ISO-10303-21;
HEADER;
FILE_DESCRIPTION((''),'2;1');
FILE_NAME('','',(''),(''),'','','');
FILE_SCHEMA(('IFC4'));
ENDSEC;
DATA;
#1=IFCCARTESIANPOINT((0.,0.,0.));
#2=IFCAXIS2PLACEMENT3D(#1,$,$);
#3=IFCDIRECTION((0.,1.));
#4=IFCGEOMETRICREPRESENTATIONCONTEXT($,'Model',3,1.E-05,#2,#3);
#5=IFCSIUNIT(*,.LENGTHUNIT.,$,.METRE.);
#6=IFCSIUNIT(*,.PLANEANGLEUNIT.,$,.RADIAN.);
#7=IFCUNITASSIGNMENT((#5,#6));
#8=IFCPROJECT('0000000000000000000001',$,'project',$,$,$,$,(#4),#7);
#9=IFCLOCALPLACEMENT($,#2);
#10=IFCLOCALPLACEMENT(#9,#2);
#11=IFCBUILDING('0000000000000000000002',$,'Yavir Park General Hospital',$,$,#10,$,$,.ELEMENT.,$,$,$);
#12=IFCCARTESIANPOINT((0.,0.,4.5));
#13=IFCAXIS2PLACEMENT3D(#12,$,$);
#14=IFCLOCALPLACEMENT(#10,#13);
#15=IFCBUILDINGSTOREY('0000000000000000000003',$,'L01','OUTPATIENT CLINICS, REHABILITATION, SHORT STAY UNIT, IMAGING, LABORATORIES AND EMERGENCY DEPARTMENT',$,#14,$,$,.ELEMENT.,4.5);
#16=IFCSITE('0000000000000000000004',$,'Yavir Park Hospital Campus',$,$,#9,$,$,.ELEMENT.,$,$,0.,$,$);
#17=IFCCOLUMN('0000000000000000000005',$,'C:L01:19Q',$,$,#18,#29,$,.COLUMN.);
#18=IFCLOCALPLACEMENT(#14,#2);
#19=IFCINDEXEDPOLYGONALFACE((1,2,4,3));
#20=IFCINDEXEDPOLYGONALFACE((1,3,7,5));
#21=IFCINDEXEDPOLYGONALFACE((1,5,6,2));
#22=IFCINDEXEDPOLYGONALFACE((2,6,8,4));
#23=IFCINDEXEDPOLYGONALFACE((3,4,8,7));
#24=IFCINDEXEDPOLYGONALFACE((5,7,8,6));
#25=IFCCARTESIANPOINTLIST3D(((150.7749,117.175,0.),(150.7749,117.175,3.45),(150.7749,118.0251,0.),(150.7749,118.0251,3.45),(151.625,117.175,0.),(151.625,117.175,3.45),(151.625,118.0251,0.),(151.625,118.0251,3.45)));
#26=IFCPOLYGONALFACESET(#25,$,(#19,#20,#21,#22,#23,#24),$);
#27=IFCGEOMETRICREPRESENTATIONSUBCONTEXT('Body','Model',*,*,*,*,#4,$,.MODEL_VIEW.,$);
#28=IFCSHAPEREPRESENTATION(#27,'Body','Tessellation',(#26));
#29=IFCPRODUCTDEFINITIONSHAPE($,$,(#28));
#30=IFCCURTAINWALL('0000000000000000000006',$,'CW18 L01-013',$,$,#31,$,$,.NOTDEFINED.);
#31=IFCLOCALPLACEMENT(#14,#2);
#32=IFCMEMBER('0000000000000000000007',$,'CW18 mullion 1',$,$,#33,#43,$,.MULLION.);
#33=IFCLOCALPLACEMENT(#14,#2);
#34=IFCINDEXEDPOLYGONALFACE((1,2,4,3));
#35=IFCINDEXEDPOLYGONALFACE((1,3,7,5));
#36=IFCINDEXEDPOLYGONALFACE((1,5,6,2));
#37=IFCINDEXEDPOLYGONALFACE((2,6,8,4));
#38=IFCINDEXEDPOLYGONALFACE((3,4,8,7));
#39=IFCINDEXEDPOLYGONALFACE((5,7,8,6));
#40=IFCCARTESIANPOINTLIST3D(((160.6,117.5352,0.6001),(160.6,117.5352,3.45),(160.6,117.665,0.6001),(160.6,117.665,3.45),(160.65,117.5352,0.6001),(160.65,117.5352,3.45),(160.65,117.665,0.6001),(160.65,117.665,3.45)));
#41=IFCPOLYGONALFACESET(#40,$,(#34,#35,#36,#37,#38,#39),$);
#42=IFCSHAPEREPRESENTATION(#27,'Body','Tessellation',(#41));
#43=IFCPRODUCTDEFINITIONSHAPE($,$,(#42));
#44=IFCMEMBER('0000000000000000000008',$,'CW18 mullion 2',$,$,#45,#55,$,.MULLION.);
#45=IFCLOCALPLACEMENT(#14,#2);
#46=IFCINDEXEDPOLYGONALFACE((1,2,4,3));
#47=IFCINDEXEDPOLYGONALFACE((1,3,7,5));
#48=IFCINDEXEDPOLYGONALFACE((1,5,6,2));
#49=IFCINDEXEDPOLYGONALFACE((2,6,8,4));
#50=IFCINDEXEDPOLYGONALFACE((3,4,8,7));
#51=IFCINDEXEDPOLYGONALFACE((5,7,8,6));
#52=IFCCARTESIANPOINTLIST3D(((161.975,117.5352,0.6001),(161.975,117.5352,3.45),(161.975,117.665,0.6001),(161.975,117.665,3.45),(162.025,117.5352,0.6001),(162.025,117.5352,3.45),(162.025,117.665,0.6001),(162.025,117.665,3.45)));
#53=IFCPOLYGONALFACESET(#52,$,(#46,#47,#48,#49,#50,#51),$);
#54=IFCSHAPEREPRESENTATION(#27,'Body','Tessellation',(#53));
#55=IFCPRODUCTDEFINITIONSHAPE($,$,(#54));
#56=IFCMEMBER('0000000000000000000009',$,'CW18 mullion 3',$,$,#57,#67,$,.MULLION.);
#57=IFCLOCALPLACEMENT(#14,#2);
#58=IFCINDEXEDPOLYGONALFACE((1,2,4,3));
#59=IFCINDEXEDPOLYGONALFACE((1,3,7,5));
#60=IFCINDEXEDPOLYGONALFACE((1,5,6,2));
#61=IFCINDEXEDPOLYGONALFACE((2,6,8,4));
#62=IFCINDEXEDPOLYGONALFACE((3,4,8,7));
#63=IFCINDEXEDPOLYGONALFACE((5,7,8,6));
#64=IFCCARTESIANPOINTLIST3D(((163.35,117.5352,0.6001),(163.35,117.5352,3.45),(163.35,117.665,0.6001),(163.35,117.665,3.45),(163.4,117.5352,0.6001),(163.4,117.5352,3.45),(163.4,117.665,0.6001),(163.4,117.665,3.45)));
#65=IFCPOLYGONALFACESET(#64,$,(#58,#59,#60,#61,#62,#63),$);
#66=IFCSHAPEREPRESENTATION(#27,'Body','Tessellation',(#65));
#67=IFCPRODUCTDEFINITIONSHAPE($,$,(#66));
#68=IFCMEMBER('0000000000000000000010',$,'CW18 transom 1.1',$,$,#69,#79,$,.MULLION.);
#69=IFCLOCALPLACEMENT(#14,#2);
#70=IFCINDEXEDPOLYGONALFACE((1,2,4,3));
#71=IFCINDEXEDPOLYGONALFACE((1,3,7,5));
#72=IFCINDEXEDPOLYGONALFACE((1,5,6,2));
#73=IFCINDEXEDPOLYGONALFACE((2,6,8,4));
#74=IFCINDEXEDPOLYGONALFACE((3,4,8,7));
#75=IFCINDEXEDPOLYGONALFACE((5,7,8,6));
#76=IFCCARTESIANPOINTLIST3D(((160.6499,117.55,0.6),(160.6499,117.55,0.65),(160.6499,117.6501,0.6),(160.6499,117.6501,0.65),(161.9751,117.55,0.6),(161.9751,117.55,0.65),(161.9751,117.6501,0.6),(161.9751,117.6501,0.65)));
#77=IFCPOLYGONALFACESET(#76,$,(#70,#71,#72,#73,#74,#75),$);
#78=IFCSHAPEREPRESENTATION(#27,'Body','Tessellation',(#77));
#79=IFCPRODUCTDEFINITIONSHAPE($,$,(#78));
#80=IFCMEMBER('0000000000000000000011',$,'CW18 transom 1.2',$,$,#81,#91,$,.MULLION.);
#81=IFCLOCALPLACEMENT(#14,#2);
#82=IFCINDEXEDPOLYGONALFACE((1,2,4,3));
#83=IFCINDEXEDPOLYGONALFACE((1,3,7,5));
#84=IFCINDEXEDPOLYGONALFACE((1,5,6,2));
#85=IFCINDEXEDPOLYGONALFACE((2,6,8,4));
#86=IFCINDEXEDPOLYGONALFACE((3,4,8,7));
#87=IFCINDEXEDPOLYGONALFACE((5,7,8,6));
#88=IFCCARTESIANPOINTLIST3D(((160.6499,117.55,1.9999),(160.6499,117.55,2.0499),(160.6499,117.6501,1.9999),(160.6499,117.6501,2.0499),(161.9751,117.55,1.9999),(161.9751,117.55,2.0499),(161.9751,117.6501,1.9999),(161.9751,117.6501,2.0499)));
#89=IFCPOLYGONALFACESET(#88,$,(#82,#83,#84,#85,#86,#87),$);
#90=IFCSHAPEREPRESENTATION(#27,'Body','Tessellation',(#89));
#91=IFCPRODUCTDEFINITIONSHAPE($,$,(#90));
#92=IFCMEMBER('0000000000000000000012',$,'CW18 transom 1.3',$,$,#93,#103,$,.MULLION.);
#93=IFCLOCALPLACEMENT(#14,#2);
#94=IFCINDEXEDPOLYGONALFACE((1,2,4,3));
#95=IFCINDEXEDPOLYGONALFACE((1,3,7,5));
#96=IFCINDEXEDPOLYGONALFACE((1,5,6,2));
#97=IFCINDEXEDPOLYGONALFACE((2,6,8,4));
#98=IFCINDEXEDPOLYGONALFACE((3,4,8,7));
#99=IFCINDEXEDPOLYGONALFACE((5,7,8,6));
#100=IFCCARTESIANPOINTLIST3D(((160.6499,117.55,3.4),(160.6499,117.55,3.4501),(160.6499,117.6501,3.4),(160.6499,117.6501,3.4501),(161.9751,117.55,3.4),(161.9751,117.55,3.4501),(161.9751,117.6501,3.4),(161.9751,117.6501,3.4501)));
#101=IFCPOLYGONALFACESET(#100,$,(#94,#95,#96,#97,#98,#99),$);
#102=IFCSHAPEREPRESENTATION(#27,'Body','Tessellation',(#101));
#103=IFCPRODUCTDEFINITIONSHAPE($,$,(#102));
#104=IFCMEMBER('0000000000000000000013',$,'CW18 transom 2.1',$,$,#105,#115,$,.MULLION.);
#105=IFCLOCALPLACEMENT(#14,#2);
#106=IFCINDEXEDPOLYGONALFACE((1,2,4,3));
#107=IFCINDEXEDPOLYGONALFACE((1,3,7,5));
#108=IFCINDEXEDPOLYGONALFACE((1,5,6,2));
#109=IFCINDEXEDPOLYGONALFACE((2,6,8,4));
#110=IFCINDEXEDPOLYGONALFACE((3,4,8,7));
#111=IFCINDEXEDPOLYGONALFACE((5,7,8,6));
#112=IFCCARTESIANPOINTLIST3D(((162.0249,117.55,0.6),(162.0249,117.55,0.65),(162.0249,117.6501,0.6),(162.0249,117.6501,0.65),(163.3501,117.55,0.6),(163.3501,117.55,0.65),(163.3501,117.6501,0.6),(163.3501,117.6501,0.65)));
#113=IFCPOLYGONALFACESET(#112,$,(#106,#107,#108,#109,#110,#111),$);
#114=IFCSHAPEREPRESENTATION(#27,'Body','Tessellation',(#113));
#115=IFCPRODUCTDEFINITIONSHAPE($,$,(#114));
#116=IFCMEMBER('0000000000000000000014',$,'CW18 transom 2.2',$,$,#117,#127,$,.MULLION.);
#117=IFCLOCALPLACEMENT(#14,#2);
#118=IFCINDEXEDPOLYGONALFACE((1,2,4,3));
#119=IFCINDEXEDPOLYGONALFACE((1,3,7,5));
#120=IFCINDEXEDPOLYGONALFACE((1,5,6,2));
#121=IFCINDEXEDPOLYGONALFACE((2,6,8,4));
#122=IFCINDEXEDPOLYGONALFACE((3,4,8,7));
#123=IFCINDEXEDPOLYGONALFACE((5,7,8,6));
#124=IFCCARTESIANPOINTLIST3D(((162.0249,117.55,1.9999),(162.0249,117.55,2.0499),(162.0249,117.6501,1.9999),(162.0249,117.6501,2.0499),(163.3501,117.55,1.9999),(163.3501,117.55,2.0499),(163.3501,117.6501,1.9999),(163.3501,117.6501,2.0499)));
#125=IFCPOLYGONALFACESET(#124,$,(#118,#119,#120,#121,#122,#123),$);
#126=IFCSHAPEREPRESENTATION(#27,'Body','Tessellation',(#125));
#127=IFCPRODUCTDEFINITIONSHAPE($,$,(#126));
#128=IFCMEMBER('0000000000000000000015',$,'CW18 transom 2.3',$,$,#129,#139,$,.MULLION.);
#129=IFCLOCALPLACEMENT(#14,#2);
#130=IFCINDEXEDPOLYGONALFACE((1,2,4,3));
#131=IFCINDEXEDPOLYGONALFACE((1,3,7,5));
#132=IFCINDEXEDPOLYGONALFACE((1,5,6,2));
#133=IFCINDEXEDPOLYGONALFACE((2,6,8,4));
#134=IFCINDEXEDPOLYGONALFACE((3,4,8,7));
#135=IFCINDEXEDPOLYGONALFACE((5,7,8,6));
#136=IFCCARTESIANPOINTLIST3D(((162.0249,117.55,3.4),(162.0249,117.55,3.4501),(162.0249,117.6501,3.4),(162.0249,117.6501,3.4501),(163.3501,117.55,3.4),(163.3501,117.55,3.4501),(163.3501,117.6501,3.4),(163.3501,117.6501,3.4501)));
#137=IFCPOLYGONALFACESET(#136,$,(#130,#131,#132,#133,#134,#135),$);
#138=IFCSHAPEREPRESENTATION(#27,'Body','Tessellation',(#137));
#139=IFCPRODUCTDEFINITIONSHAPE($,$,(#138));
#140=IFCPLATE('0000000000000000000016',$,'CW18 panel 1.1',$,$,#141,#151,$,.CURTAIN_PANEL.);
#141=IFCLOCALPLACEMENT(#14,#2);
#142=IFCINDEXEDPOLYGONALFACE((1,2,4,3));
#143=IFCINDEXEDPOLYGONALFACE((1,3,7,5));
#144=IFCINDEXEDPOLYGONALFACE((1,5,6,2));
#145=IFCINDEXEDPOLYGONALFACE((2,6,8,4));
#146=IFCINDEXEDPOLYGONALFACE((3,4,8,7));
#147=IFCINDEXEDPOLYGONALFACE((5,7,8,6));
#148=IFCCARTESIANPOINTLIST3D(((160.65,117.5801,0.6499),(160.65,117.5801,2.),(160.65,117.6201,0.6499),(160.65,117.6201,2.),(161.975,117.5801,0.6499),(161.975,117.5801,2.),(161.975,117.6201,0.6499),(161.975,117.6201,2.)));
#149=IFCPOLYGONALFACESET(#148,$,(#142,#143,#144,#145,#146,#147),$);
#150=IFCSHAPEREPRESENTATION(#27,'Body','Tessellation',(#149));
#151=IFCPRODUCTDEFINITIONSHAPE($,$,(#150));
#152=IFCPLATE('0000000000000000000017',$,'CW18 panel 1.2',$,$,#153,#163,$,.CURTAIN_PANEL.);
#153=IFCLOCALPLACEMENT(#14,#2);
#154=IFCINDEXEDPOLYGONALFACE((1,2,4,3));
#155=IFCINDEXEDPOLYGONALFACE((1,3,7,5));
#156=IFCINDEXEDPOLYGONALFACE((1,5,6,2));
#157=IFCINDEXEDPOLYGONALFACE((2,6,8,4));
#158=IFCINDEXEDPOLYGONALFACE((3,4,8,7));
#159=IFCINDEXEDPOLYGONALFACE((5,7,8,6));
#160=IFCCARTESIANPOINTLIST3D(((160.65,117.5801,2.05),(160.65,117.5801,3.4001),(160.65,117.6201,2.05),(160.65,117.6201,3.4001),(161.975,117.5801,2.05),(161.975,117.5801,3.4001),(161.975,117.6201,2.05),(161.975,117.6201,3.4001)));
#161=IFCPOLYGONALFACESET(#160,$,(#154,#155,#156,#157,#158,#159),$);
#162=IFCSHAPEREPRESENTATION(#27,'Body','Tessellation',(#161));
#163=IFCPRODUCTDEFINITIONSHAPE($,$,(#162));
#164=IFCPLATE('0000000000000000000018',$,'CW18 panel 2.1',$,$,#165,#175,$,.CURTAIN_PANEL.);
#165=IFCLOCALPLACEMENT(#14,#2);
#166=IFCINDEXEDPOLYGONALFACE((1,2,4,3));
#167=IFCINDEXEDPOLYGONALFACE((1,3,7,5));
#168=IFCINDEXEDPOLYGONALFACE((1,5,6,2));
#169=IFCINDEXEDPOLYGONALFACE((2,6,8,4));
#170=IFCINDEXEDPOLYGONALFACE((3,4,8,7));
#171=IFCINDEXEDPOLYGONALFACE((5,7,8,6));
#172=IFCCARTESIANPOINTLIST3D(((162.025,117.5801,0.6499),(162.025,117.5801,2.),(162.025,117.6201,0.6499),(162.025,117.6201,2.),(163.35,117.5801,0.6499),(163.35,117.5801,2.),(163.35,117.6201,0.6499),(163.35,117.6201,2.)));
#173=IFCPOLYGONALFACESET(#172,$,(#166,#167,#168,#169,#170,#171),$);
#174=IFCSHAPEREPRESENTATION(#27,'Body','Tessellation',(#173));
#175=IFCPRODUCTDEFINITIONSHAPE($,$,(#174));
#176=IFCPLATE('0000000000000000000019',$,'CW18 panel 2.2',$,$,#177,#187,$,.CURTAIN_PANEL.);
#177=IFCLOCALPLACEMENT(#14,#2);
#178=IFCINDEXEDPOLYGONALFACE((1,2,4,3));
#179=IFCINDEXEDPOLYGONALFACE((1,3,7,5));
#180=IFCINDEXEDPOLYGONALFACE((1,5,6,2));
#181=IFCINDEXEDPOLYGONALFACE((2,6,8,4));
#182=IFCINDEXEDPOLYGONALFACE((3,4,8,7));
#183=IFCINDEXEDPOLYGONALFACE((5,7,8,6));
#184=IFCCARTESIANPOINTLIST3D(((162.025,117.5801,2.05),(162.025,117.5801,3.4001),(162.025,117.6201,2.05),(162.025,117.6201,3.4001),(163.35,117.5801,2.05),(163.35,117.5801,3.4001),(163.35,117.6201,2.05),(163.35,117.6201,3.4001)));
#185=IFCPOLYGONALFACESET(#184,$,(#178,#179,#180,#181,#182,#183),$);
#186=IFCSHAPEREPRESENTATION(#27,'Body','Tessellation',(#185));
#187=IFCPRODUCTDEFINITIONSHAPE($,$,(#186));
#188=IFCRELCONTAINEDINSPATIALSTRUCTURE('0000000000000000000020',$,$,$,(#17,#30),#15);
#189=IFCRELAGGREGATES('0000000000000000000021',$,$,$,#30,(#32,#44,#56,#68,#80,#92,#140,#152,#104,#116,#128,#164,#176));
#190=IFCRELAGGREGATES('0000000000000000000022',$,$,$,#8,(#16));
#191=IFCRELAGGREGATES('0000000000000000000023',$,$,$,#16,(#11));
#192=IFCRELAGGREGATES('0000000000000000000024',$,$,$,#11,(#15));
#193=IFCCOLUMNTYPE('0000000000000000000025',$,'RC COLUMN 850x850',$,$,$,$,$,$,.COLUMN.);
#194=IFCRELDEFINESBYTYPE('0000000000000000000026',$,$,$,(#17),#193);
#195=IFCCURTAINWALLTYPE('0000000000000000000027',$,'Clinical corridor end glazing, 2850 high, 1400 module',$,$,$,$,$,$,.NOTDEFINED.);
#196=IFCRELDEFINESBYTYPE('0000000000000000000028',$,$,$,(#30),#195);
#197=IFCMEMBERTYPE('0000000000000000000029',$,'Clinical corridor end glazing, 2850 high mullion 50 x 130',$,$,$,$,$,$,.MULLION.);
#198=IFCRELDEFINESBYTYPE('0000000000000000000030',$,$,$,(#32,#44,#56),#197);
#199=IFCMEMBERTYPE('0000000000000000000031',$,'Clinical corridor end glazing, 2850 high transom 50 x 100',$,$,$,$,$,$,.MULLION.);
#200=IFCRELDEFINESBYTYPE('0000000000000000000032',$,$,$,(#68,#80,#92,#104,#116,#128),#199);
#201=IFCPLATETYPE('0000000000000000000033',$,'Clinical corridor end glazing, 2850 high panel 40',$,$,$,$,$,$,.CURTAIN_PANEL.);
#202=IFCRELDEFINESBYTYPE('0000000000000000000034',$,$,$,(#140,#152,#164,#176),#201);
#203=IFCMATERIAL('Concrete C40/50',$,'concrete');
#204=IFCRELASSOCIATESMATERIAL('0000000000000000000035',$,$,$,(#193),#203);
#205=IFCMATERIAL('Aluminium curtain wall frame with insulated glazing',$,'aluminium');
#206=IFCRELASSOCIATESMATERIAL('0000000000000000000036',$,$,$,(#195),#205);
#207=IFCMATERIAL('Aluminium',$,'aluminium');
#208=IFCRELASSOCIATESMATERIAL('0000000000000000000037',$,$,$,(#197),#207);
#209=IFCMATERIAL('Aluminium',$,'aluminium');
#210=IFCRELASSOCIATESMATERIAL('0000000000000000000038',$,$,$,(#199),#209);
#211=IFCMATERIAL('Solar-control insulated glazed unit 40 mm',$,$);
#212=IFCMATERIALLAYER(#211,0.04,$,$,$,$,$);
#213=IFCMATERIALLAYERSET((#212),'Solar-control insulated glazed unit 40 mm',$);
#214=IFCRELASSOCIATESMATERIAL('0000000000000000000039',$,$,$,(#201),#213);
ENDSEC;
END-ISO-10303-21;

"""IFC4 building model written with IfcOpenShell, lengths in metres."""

from ifc_helpers import new_model, si_unit, direction, frame, origin, origin_2d, place, context, subcontext, project, spatial, rectangle, extrude, material, layer, layer_set, material_profile, profile_set, type_object, element, aggregate, save


model = new_model("IFC4")

# Units and contexts
model_context = context("Model", 3, precision=1e-05, world=origin(), true_north=direction((0.0, 1.0)))
body_context = subcontext(model_context, "Body", "Model", "MODEL_VIEW")
ifc_project = project(units=[si_unit("LENGTHUNIT", "METRE"), si_unit("PLANEANGLEUNIT", "RADIAN")], contexts=[model_context])

# Site, building, storey
site_placement = place(None, origin())
site = spatial("IfcSite", under=ifc_project, at=site_placement, Name="Yavir Park Hospital Campus", CompositionType="ELEMENT", RefElevation=0.0)
building_placement = place(site_placement, origin())
building = spatial("IfcBuilding", under=site, at=building_placement, Name="Yavir Park General Hospital", CompositionType="ELEMENT")
storey_placement = place(building_placement, frame((0.0, 0.0, 4.5)))
storey = spatial("IfcBuildingStorey", under=building, at=storey_placement, Name="L01", Description="OUTPATIENT CLINICS, REHABILITATION, SHORT STAY UNIT, IMAGING, LABORATORIES AND EMERGENCY DEPARTMENT", CompositionType="ELEMENT", Elevation=4.5)

# Column
ifc_material_1 = material(Name="Concrete C40/50", Category="concrete")
ifc_material_profile_1 = material_profile(ifc_material_1, rectangle(XDim=0.8501, YDim=0.8501, at=origin_2d()), Name="RC850x850")
ifc_profile_set_1 = profile_set([ifc_material_profile_1], Name="Concrete C40/50")
column_type = type_object("IfcColumnType", Name="RC COLUMN 850x850", PredefinedType="COLUMN", material=ifc_profile_set_1)
column_placement = place(storey_placement, frame((151.2, 117.6001, 0.0), z_axis=(0.0, 0.0, 1.0), x_axis=(1.0, 0.0, 0.0)))
element("IfcColumn", 1, at=column_placement, inside=storey, type_object=column_type, Name="C:L01:19Q", PredefinedType="COLUMN", context=body_context, shape_type="SweptSolid", body=[
    extrude(rectangle(XDim=0.8501, YDim=0.8501, at=origin_2d()), origin(), (0.0, 0.0, 1.0), 3.45),
])

# Curtain wall, members, plates
ifc_material_2 = material(Name="Aluminium curtain wall frame with insulated glazing", Category="aluminium")
curtain_wall_type = type_object("IfcCurtainWallType", Name="Clinical corridor end glazing, 2850 high, 1400 module", PredefinedType="NOTDEFINED", material=ifc_material_2)
curtain_wall_placement = place(storey_placement, origin())
curtain_wall = element("IfcCurtainWall", 2, at=curtain_wall_placement, inside=storey, type_object=curtain_wall_type, Name="CW18 L01-013", PredefinedType="NOTDEFINED")
ifc_material_3 = material(Name="Aluminium", Category="aluminium")
ifc_material_profile_2 = material_profile(ifc_material_3, rectangle(XDim=0.1299, YDim=0.05, at=origin_2d()), Name="AL 50x130")
ifc_profile_set_2 = profile_set([ifc_material_profile_2], Name="Aluminium")
member_type_1 = type_object("IfcMemberType", Name="Clinical corridor end glazing, 2850 high mullion 50 x 130", PredefinedType="MULLION", material=ifc_profile_set_2)
member_1_placement = place(storey_placement, frame((160.625, 117.6001, 0.6001), z_axis=(0.0, 0.0, 1.0), x_axis=(0.0, 1.0, 0.0)))
member_1 = element("IfcMember", 3, at=member_1_placement, type_object=member_type_1, Name="CW18 mullion 1", PredefinedType="MULLION", context=body_context, shape_type="SweptSolid", body=[
    extrude(rectangle(XDim=0.1299, YDim=0.05, at=origin_2d()), origin(), (0.0, 0.0, 1.0), 2.8499),
])
member_2_placement = place(storey_placement, frame((162.0, 117.6001, 0.6001), z_axis=(0.0, 0.0, 1.0), x_axis=(0.0, 1.0, 0.0)))
member_2 = element("IfcMember", 4, at=member_2_placement, type_object=member_type_1, Name="CW18 mullion 2", PredefinedType="MULLION", context=body_context, shape_type="SweptSolid", body=[
    extrude(rectangle(XDim=0.1299, YDim=0.05, at=origin_2d()), origin(), (0.0, 0.0, 1.0), 2.8499),
])
member_3_placement = place(storey_placement, frame((163.375, 117.6001, 0.6001), z_axis=(0.0, 0.0, 1.0), x_axis=(0.0, 1.0, 0.0)))
member_3 = element("IfcMember", 5, at=member_3_placement, type_object=member_type_1, Name="CW18 mullion 3", PredefinedType="MULLION", context=body_context, shape_type="SweptSolid", body=[
    extrude(rectangle(XDim=0.1299, YDim=0.05, at=origin_2d()), origin(), (0.0, 0.0, 1.0), 2.8499),
])
ifc_material_4 = material(Name="Aluminium", Category="aluminium")
ifc_material_profile_3 = material_profile(ifc_material_4, rectangle(XDim=0.1001, YDim=0.05, at=origin_2d()), Name="AL 100x50")
ifc_profile_set_3 = profile_set([ifc_material_profile_3], Name="Aluminium")
member_type_2 = type_object("IfcMemberType", Name="Clinical corridor end glazing, 2850 high transom 50 x 100", PredefinedType="MULLION", material=ifc_profile_set_3)
member_4_placement = place(storey_placement, frame((160.6499, 117.6001, 0.625), z_axis=(1.0, 0.0, 0.0), x_axis=(0.0, 1.0, 0.0)))
member_4 = element("IfcMember", 6, at=member_4_placement, type_object=member_type_2, Name="CW18 transom 1.1", PredefinedType="MULLION", context=body_context, shape_type="SweptSolid", body=[
    extrude(rectangle(XDim=0.1001, YDim=0.05, at=origin_2d()), origin(), (0.0, 0.0, 1.0), 1.3252),
])
member_5_placement = place(storey_placement, frame((160.6499, 117.6001, 2.0249), z_axis=(1.0, 0.0, 0.0), x_axis=(0.0, 1.0, 0.0)))
member_5 = element("IfcMember", 7, at=member_5_placement, type_object=member_type_2, Name="CW18 transom 1.2", PredefinedType="MULLION", context=body_context, shape_type="SweptSolid", body=[
    extrude(rectangle(XDim=0.1001, YDim=0.05, at=origin_2d()), origin(), (0.0, 0.0, 1.0), 1.3252),
])
member_6_placement = place(storey_placement, frame((160.6499, 117.6001, 3.425), z_axis=(1.0, 0.0, 0.0), x_axis=(0.0, 1.0, 0.0)))
member_6 = element("IfcMember", 8, at=member_6_placement, type_object=member_type_2, Name="CW18 transom 1.3", PredefinedType="MULLION", context=body_context, shape_type="SweptSolid", body=[
    extrude(rectangle(XDim=0.1001, YDim=0.05, at=origin_2d()), origin(), (0.0, 0.0, 1.0), 1.3252),
])
member_7_placement = place(storey_placement, frame((162.0249, 117.6001, 0.625), z_axis=(1.0, 0.0, 0.0), x_axis=(0.0, 1.0, 0.0)))
member_7 = element("IfcMember", 9, at=member_7_placement, type_object=member_type_2, Name="CW18 transom 2.1", PredefinedType="MULLION", context=body_context, shape_type="SweptSolid", body=[
    extrude(rectangle(XDim=0.1001, YDim=0.05, at=origin_2d()), origin(), (0.0, 0.0, 1.0), 1.3252),
])
member_8_placement = place(storey_placement, frame((162.0249, 117.6001, 2.0249), z_axis=(1.0, 0.0, 0.0), x_axis=(0.0, 1.0, 0.0)))
member_8 = element("IfcMember", 10, at=member_8_placement, type_object=member_type_2, Name="CW18 transom 2.2", PredefinedType="MULLION", context=body_context, shape_type="SweptSolid", body=[
    extrude(rectangle(XDim=0.1001, YDim=0.05, at=origin_2d()), origin(), (0.0, 0.0, 1.0), 1.3252),
])
member_9_placement = place(storey_placement, frame((162.0249, 117.6001, 3.425), z_axis=(1.0, 0.0, 0.0), x_axis=(0.0, 1.0, 0.0)))
member_9 = element("IfcMember", 11, at=member_9_placement, type_object=member_type_2, Name="CW18 transom 2.3", PredefinedType="MULLION", context=body_context, shape_type="SweptSolid", body=[
    extrude(rectangle(XDim=0.1001, YDim=0.05, at=origin_2d()), origin(), (0.0, 0.0, 1.0), 1.3252),
])
ifc_material_5 = material(Name="Solar-control insulated glazed unit 40 mm")
ifc_layer_1 = layer(ifc_material_5, 0.04)
ifc_layer_set_1 = layer_set([ifc_layer_1], Name="Solar-control insulated glazed unit 40 mm")
plate_type = type_object("IfcPlateType", Name="Clinical corridor end glazing, 2850 high panel 40", PredefinedType="CURTAIN_PANEL", material=ifc_layer_set_1)
plate_1_placement = place(storey_placement, frame((161.3125, 117.6001, 0.6499), z_axis=(0.0, 0.0, 1.0), x_axis=(1.0, 0.0, 0.0)))
plate_1 = element("IfcPlate", 12, at=plate_1_placement, type_object=plate_type, Name="CW18 panel 1.1", PredefinedType="CURTAIN_PANEL", context=body_context, shape_type="SweptSolid", body=[
    extrude(rectangle(XDim=1.325, YDim=0.04, at=origin_2d()), origin(), (0.0, 0.0, 1.0), 1.3501),
])
plate_2_placement = place(storey_placement, frame((161.3125, 117.6001, 2.05), z_axis=(0.0, 0.0, 1.0), x_axis=(1.0, 0.0, 0.0)))
plate_2 = element("IfcPlate", 13, at=plate_2_placement, type_object=plate_type, Name="CW18 panel 1.2", PredefinedType="CURTAIN_PANEL", context=body_context, shape_type="SweptSolid", body=[
    extrude(rectangle(XDim=1.325, YDim=0.04, at=origin_2d()), origin(), (0.0, 0.0, 1.0), 1.3501),
])
plate_3_placement = place(storey_placement, frame((162.6875, 117.6001, 0.6499), z_axis=(0.0, 0.0, 1.0), x_axis=(1.0, 0.0, 0.0)))
plate_3 = element("IfcPlate", 14, at=plate_3_placement, type_object=plate_type, Name="CW18 panel 2.1", PredefinedType="CURTAIN_PANEL", context=body_context, shape_type="SweptSolid", body=[
    extrude(rectangle(XDim=1.325, YDim=0.04, at=origin_2d()), origin(), (0.0, 0.0, 1.0), 1.3501),
])
plate_4_placement = place(storey_placement, frame((162.6875, 117.6001, 2.05), z_axis=(0.0, 0.0, 1.0), x_axis=(1.0, 0.0, 0.0)))
plate_4 = element("IfcPlate", 15, at=plate_4_placement, type_object=plate_type, Name="CW18 panel 2.2", PredefinedType="CURTAIN_PANEL", context=body_context, shape_type="SweptSolid", body=[
    extrude(rectangle(XDim=1.325, YDim=0.04, at=origin_2d()), origin(), (0.0, 0.0, 1.0), 1.3501),
])
aggregate(curtain_wall, [member_1, member_2, member_3, member_4, member_5, member_6, plate_1, plate_2, member_7, member_8, member_9, plate_3, plate_4])

save(model, "model.ifc")
